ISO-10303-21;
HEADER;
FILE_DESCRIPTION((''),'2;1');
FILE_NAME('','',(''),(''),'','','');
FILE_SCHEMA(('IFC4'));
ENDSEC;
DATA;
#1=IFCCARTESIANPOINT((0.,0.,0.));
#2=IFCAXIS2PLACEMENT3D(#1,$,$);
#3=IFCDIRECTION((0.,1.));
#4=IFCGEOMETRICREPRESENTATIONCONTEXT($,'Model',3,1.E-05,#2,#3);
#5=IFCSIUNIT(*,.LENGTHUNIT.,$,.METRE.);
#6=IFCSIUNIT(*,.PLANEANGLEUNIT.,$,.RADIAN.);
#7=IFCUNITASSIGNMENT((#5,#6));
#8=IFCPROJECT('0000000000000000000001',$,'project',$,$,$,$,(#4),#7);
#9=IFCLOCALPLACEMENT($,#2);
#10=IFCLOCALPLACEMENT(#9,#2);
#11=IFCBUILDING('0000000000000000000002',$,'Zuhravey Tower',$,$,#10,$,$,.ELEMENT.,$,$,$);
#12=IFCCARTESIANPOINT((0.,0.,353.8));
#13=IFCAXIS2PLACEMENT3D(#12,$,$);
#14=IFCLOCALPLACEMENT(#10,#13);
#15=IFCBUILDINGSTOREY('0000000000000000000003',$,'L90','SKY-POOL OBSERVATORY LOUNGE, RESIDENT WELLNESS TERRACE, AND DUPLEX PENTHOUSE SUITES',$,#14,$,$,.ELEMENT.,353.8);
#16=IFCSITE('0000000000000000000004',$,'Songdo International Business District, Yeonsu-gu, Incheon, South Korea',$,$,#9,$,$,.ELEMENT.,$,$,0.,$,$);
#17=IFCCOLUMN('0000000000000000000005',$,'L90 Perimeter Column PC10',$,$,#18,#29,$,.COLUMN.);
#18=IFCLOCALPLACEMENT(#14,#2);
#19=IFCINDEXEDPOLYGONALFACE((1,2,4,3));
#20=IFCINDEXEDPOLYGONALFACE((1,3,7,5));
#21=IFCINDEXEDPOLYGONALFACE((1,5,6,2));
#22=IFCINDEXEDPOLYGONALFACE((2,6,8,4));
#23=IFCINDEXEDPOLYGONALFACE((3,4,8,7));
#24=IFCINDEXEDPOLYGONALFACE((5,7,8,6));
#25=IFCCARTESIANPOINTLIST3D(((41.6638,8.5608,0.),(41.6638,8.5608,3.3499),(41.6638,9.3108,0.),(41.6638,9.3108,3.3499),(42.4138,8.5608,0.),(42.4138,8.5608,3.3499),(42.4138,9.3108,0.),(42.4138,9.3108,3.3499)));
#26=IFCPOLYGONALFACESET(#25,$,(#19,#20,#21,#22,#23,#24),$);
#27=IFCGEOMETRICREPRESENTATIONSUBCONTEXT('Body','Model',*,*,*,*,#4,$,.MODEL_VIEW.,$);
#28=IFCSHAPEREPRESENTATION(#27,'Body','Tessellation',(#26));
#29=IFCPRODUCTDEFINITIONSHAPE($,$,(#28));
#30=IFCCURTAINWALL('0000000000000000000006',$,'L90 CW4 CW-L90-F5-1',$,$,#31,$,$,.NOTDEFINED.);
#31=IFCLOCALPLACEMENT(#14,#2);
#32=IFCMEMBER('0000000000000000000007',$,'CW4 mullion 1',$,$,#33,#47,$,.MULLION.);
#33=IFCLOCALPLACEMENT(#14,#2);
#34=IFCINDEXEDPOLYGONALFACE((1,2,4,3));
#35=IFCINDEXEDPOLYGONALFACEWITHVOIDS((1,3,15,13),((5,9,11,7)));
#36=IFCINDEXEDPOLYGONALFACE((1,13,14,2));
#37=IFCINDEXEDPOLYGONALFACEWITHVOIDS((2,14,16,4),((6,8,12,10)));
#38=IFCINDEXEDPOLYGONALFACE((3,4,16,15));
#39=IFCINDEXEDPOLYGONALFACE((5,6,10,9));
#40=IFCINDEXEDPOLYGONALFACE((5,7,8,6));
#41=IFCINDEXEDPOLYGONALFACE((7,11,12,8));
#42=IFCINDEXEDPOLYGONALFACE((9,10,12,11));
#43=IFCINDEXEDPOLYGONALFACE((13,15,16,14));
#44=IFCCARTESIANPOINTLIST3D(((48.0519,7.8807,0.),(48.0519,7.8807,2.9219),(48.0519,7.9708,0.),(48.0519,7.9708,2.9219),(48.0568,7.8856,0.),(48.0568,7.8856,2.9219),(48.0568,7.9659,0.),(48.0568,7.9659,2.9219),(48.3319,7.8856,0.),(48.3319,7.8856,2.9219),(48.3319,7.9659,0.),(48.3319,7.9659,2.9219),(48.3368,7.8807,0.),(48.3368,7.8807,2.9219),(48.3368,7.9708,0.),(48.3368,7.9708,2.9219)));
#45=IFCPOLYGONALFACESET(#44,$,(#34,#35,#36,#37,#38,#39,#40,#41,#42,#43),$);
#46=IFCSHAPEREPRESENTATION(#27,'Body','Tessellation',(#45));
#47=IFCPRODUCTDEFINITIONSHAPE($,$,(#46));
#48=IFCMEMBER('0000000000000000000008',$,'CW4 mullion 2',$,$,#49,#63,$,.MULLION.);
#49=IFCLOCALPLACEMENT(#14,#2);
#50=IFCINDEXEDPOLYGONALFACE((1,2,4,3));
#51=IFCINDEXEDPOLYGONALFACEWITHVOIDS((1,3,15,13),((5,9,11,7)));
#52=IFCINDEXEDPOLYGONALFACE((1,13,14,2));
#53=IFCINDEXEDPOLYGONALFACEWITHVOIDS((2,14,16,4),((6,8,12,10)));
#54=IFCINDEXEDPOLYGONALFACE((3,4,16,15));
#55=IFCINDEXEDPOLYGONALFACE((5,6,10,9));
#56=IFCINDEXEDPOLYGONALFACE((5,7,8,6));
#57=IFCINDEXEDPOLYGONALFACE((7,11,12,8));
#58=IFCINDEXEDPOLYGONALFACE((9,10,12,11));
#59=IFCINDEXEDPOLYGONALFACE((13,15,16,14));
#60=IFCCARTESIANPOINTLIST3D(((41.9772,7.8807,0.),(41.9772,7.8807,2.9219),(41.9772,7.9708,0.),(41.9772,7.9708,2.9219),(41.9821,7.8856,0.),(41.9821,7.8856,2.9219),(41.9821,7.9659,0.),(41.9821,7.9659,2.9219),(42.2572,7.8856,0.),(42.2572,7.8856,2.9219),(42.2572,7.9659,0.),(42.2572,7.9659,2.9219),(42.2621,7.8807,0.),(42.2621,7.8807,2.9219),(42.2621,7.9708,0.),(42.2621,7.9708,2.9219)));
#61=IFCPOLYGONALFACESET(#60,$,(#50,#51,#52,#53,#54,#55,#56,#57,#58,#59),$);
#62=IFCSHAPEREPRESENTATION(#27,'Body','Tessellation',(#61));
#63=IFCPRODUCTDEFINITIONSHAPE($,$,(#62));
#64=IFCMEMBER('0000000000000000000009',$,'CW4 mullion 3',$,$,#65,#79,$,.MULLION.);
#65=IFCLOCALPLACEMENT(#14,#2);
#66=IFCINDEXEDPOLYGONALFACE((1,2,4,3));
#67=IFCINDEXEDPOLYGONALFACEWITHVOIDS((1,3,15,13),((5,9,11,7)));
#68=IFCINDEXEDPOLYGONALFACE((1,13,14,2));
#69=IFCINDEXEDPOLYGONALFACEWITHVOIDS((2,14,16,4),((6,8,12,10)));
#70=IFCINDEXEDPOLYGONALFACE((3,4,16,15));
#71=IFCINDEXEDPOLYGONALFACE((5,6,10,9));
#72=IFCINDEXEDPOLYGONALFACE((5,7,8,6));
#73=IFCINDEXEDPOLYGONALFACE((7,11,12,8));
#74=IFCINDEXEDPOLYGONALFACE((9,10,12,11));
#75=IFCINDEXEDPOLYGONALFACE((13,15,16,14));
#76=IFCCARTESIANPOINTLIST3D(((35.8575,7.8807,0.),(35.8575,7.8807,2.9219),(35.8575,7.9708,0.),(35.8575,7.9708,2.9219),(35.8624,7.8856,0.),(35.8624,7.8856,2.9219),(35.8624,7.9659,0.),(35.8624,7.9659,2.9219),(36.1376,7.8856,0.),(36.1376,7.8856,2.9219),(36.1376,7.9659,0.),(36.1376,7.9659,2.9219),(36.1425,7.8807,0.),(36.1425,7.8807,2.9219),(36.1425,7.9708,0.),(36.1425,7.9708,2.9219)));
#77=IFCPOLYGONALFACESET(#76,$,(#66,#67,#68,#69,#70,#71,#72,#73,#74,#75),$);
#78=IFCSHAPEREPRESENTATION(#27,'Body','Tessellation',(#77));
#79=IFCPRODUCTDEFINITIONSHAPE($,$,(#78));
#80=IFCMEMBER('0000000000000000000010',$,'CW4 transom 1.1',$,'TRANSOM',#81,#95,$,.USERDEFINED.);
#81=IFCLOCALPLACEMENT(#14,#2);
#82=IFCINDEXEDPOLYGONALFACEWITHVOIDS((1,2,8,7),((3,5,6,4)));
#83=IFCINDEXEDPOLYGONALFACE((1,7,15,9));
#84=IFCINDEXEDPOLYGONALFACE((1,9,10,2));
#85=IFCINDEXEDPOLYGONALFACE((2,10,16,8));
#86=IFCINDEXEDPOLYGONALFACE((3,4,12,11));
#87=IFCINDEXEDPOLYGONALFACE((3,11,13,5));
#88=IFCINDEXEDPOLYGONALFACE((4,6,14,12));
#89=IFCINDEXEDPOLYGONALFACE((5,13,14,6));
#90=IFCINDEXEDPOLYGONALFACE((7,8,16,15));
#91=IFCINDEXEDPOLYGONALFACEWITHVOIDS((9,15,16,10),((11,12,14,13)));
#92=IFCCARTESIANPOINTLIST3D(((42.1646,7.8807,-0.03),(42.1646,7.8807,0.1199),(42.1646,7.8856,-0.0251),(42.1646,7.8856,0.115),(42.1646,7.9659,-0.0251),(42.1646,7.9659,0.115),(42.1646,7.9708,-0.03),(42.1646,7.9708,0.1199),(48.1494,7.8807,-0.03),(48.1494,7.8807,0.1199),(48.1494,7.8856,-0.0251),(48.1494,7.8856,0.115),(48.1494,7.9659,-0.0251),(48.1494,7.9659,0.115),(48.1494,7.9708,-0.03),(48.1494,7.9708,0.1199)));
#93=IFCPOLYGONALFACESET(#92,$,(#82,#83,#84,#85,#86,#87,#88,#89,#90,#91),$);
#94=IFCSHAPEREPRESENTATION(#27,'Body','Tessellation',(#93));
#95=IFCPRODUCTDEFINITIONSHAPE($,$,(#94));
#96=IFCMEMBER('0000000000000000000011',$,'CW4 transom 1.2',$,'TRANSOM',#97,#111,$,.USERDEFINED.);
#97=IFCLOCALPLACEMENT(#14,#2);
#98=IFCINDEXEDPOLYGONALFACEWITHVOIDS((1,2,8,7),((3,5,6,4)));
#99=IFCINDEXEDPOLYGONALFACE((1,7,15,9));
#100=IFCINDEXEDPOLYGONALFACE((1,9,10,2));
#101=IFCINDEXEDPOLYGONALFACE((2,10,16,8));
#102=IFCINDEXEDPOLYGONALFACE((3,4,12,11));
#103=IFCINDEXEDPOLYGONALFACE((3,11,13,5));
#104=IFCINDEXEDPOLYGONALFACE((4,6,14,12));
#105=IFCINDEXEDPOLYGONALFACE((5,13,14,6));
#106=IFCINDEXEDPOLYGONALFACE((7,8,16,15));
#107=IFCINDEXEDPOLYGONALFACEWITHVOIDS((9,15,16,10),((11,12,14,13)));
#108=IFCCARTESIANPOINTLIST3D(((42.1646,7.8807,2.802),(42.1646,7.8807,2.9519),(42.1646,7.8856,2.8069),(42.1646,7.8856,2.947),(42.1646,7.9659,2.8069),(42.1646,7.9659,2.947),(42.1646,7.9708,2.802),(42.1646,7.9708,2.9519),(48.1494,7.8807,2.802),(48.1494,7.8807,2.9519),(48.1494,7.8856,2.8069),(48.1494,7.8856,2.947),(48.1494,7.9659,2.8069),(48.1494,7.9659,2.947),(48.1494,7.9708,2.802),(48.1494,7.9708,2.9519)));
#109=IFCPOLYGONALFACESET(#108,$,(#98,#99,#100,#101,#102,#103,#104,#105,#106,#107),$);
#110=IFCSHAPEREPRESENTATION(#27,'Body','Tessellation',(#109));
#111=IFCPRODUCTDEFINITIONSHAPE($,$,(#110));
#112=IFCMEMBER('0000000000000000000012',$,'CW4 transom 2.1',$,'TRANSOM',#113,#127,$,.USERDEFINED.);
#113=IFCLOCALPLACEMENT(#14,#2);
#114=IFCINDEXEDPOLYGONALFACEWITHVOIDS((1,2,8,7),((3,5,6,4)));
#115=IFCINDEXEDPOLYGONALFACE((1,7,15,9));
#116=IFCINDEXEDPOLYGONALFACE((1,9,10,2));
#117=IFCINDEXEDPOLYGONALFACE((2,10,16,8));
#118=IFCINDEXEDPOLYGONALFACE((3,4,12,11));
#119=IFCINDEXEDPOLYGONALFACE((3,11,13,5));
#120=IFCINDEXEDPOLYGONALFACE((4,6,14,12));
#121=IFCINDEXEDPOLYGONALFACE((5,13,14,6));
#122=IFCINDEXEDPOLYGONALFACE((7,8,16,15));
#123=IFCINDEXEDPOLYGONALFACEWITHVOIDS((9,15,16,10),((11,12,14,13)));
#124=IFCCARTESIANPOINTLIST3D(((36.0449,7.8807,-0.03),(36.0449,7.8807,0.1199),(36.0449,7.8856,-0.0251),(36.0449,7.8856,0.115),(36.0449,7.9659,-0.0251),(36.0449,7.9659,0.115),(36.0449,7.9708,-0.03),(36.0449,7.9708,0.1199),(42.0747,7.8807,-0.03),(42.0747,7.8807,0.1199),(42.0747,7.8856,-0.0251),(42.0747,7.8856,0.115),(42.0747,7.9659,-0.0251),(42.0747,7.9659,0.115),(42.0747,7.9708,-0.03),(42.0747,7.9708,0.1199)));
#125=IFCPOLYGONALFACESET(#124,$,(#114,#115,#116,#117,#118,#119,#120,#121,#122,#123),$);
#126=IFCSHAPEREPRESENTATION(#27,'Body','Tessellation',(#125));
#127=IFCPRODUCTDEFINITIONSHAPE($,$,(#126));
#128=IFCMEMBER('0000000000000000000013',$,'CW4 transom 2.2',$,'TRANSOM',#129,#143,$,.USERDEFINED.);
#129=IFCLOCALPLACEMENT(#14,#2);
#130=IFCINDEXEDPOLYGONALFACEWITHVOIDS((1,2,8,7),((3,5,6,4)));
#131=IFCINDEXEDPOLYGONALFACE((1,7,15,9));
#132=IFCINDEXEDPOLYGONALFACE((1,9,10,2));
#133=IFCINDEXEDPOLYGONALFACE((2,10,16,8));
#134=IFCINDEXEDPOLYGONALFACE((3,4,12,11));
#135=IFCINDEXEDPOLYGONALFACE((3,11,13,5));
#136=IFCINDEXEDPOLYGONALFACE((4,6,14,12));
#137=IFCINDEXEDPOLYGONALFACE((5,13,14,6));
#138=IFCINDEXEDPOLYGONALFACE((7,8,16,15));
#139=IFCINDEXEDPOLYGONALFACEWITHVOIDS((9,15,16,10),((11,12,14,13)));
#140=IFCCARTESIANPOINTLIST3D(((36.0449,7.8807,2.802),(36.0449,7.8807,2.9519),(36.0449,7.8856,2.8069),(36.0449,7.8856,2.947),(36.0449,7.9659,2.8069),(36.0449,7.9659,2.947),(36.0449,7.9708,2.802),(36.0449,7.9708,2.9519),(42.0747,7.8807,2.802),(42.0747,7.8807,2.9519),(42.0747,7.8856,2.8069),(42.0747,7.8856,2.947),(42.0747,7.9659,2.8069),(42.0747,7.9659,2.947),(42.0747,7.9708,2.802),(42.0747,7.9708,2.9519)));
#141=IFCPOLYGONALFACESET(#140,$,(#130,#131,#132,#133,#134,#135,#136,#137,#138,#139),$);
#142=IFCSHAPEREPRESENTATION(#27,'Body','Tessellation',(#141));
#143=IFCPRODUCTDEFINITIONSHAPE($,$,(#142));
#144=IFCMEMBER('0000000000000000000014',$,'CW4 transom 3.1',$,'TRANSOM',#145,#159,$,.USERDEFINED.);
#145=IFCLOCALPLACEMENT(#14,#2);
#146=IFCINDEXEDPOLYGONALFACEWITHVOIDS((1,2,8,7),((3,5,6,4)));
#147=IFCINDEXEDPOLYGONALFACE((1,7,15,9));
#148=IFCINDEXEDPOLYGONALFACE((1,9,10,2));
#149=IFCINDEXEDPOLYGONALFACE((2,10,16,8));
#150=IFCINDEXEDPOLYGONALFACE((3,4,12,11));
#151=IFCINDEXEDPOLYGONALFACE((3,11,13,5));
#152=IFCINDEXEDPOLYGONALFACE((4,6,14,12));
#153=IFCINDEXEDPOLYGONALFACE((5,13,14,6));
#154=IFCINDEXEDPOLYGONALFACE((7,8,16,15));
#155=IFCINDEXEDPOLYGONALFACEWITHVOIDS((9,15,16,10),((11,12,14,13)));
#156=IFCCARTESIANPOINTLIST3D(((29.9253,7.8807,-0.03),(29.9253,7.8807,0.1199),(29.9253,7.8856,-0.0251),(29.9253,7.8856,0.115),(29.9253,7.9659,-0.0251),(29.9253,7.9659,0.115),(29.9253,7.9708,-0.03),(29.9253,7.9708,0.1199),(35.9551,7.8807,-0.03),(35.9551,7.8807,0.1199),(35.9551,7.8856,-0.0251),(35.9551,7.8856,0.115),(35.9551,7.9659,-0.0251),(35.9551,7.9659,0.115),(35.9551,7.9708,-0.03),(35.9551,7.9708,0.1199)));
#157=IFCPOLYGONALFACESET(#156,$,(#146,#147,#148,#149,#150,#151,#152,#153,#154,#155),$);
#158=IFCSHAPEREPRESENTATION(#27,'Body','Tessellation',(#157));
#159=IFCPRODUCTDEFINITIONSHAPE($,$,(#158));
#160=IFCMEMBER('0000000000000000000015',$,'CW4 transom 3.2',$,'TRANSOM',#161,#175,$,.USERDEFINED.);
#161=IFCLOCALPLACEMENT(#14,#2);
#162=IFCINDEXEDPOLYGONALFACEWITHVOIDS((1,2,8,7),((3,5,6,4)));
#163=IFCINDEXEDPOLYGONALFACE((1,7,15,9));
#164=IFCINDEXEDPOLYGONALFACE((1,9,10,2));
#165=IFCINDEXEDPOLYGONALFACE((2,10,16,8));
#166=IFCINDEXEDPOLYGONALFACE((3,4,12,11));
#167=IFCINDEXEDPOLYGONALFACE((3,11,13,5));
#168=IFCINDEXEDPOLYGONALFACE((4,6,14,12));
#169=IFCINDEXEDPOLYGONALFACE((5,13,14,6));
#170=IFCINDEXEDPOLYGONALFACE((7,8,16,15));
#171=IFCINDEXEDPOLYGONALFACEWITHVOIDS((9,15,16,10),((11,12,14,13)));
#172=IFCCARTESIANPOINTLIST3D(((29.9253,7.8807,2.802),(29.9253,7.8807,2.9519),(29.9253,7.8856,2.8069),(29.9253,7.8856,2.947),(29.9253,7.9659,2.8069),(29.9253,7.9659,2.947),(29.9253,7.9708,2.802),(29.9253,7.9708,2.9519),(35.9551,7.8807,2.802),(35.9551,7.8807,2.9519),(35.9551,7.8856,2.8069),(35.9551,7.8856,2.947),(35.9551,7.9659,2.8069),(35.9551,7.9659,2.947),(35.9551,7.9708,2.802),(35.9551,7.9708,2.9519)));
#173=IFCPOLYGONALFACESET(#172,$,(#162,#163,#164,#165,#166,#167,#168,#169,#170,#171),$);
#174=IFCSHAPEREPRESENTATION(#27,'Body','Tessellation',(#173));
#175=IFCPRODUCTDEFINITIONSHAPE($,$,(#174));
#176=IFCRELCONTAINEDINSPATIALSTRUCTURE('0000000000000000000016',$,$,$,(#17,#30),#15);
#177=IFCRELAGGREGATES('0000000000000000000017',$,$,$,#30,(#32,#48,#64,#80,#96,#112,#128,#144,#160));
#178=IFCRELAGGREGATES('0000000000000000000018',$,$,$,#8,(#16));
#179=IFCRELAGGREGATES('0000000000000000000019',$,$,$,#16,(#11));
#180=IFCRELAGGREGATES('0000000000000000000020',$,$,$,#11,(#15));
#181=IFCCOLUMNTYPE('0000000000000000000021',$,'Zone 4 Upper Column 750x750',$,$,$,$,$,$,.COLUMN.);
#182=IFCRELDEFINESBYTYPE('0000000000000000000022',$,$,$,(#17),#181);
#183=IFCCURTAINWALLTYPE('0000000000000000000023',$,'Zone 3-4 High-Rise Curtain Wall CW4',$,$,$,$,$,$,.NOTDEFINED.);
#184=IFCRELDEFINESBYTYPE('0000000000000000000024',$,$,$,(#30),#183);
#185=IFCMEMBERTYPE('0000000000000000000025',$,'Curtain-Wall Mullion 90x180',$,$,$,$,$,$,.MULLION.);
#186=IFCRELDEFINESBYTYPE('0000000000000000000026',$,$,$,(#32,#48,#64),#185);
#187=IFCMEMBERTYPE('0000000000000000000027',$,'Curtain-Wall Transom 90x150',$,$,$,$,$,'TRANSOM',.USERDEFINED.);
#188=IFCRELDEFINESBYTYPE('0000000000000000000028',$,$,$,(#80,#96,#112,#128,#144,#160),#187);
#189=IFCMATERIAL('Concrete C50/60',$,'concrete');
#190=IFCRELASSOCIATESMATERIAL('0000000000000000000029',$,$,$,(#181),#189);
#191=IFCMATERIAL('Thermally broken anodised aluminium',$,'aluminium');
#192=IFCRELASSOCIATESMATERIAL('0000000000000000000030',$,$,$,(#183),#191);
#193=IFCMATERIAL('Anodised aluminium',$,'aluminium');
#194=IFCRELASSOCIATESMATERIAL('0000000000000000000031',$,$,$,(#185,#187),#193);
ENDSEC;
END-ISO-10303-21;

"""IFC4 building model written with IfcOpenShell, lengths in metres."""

from ifc_helpers import new_model, si_unit, direction, frame, origin, origin_2d, place, context, subcontext, project, spatial, rectangle, hollow_rectangle, extrude, material, material_profile, profile_set, type_object, element, aggregate, save


model = new_model("IFC4")

# Units and contexts
model_context = context("Model", 3, precision=1e-05, world=origin(), true_north=direction((0.0, 1.0)))
body_context = subcontext(model_context, "Body", "Model", "MODEL_VIEW")
ifc_project = project(units=[si_unit("LENGTHUNIT", "METRE"), si_unit("PLANEANGLEUNIT", "RADIAN")], contexts=[model_context])

# Site, building, storey
site_placement = place(None, origin())
site = spatial("IfcSite", under=ifc_project, at=site_placement, Name="Songdo International Business District, Yeonsu-gu, Incheon, South Korea", CompositionType="ELEMENT", RefElevation=0.0)
building_placement = place(site_placement, origin())
building = spatial("IfcBuilding", under=site, at=building_placement, Name="Zuhravey Tower", CompositionType="ELEMENT")
storey_placement = place(building_placement, frame((0.0, 0.0, 353.8)))
storey = spatial("IfcBuildingStorey", under=building, at=storey_placement, Name="L90", Description="SKY-POOL OBSERVATORY LOUNGE, RESIDENT WELLNESS TERRACE, AND DUPLEX PENTHOUSE SUITES", CompositionType="ELEMENT", Elevation=353.8)

# Column
ifc_material_1 = material(Name="Concrete C50/60", Category="concrete")
ifc_material_profile_1 = material_profile(ifc_material_1, rectangle(XDim=0.75, YDim=0.75, at=origin_2d()), Name="RC-750x750")
ifc_profile_set_1 = profile_set([ifc_material_profile_1], Name="Concrete C50/60")
column_type = type_object("IfcColumnType", Name="Zone 4 Upper Column 750x750", PredefinedType="COLUMN", material=ifc_profile_set_1)
column_placement = place(storey_placement, frame((42.0388, 8.9358, 0.0), z_axis=(0.0, 0.0, 1.0), x_axis=(1.0, 0.0, 0.0)))
element("IfcColumn", 1, at=column_placement, inside=storey, type_object=column_type, Name="L90 Perimeter Column PC10", PredefinedType="COLUMN", context=body_context, shape_type="SweptSolid", body=[
    extrude(rectangle(XDim=0.75, YDim=0.75, at=origin_2d()), origin(), (0.0, 0.0, 1.0), 3.3499),
])

# Curtain wall, members
ifc_material_2 = material(Name="Thermally broken anodised aluminium", Category="aluminium")
curtain_wall_type = type_object("IfcCurtainWallType", Name="Zone 3-4 High-Rise Curtain Wall CW4", PredefinedType="NOTDEFINED", material=ifc_material_2)
curtain_wall_placement = place(storey_placement, origin())
curtain_wall = element("IfcCurtainWall", 2, at=curtain_wall_placement, inside=storey, type_object=curtain_wall_type, Name="L90 CW4 CW-L90-F5-1", PredefinedType="NOTDEFINED")
ifc_material_3 = material(Name="Anodised aluminium", Category="aluminium")
ifc_material_profile_2 = material_profile(ifc_material_3, hollow_rectangle(XDim=0.0901, YDim=0.2849, WallThickness=0.0049, at=origin_2d()), Name="ALU-RHS-90x285x5")
ifc_profile_set_2 = profile_set([ifc_material_profile_2], Name="Anodised aluminium")
member_type_1 = type_object("IfcMemberType", Name="Curtain-Wall Mullion 90x180", PredefinedType="MULLION", material=ifc_profile_set_2)
member_1_placement = place(storey_placement, frame((48.1943, 7.9258, 0.0), z_axis=(0.0, 0.0, 1.0), x_axis=(0.0, -1.0, 0.0)))
member_1 = element("IfcMember", 3, at=member_1_placement, type_object=member_type_1, Name="CW4 mullion 1", PredefinedType="MULLION", context=body_context, shape_type="SweptSolid", body=[
    extrude(hollow_rectangle(XDim=0.0901, YDim=0.2849, WallThickness=0.0049, at=origin_2d()), origin(), (0.0, 0.0, 1.0), 2.9219),
])
member_2_placement = place(storey_placement, frame((42.1196, 7.9258, 0.0), z_axis=(0.0, 0.0, 1.0), x_axis=(0.0, -1.0, 0.0)))
member_2 = element("IfcMember", 4, at=member_2_placement, type_object=member_type_1, Name="CW4 mullion 2", PredefinedType="MULLION", context=body_context, shape_type="SweptSolid", body=[
    extrude(hollow_rectangle(XDim=0.0901, YDim=0.2849, WallThickness=0.0049, at=origin_2d()), origin(), (0.0, 0.0, 1.0), 2.9219),
])
member_3_placement = place(storey_placement, frame((36.0, 7.9258, 0.0), z_axis=(0.0, 0.0, 1.0), x_axis=(0.0, -1.0, 0.0)))
member_3 = element("IfcMember", 5, at=member_3_placement, type_object=member_type_1, Name="CW4 mullion 3", PredefinedType="MULLION", context=body_context, shape_type="SweptSolid", body=[
    extrude(hollow_rectangle(XDim=0.0901, YDim=0.2849, WallThickness=0.0049, at=origin_2d()), origin(), (0.0, 0.0, 1.0), 2.9219),
])
ifc_material_profile_3 = material_profile(ifc_material_3, hollow_rectangle(XDim=0.0901, YDim=0.1499, WallThickness=0.0049, at=origin_2d()), Name="ALU-RHS-90x150x5")
ifc_profile_set_3 = profile_set([ifc_material_profile_3], Name="Anodised aluminium")
member_type_2 = type_object("IfcMemberType", Name="Curtain-Wall Transom 90x150", ElementType="TRANSOM", PredefinedType="USERDEFINED", material=ifc_profile_set_3)
member_4_placement = place(storey_placement, frame((48.1494, 7.9258, 0.0449), z_axis=(-1.0, 0.0, 0.0), x_axis=(0.0, -1.0, 0.0)))
member_4 = element("IfcMember", 6, at=member_4_placement, type_object=member_type_2, Name="CW4 transom 1.1", ObjectType="TRANSOM", PredefinedType="USERDEFINED", context=body_context, shape_type="SweptSolid", body=[
    extrude(hollow_rectangle(XDim=0.0901, YDim=0.1499, WallThickness=0.0049, at=origin_2d()), origin(), (0.0, 0.0, 1.0), 5.9849),
])
member_5_placement = place(storey_placement, frame((48.1494, 7.9258, 2.877), z_axis=(-1.0, 0.0, 0.0), x_axis=(0.0, -1.0, 0.0)))
member_5 = element("IfcMember", 7, at=member_5_placement, type_object=member_type_2, Name="CW4 transom 1.2", ObjectType="TRANSOM", PredefinedType="USERDEFINED", context=body_context, shape_type="SweptSolid", body=[
    extrude(hollow_rectangle(XDim=0.0901, YDim=0.1499, WallThickness=0.0049, at=origin_2d()), origin(), (0.0, 0.0, 1.0), 5.9849),
])
member_6_placement = place(storey_placement, frame((42.0747, 7.9258, 0.0449), z_axis=(-1.0, 0.0, 0.0), x_axis=(0.0, -1.0, 0.0)))
member_6 = element("IfcMember", 8, at=member_6_placement, type_object=member_type_2, Name="CW4 transom 2.1", ObjectType="TRANSOM", PredefinedType="USERDEFINED", context=body_context, shape_type="SweptSolid", body=[
    extrude(hollow_rectangle(XDim=0.0901, YDim=0.1499, WallThickness=0.0049, at=origin_2d()), origin(), (0.0, 0.0, 1.0), 6.0298),
])
member_7_placement = place(storey_placement, frame((42.0747, 7.9258, 2.877), z_axis=(-1.0, 0.0, 0.0), x_axis=(0.0, -1.0, 0.0)))
member_7 = element("IfcMember", 9, at=member_7_placement, type_object=member_type_2, Name="CW4 transom 2.2", ObjectType="TRANSOM", PredefinedType="USERDEFINED", context=body_context, shape_type="SweptSolid", body=[
    extrude(hollow_rectangle(XDim=0.0901, YDim=0.1499, WallThickness=0.0049, at=origin_2d()), origin(), (0.0, 0.0, 1.0), 6.0298),
])
member_8_placement = place(storey_placement, frame((35.9551, 7.9258, 0.0449), z_axis=(-1.0, 0.0, 0.0), x_axis=(0.0, -1.0, 0.0)))
member_8 = element("IfcMember", 10, at=member_8_placement, type_object=member_type_2, Name="CW4 transom 3.1", ObjectType="TRANSOM", PredefinedType="USERDEFINED", context=body_context, shape_type="SweptSolid", body=[
    extrude(hollow_rectangle(XDim=0.0901, YDim=0.1499, WallThickness=0.0049, at=origin_2d()), origin(), (0.0, 0.0, 1.0), 6.0298),
])
member_9_placement = place(storey_placement, frame((35.9551, 7.9258, 2.877), z_axis=(-1.0, 0.0, 0.0), x_axis=(0.0, -1.0, 0.0)))
member_9 = element("IfcMember", 11, at=member_9_placement, type_object=member_type_2, Name="CW4 transom 3.2", ObjectType="TRANSOM", PredefinedType="USERDEFINED", context=body_context, shape_type="SweptSolid", body=[
    extrude(hollow_rectangle(XDim=0.0901, YDim=0.1499, WallThickness=0.0049, at=origin_2d()), origin(), (0.0, 0.0, 1.0), 6.0298),
])

aggregate(curtain_wall, [member_1, member_2, member_3, member_4, member_5, member_6, member_7, member_8, member_9])

save(model, "model.ifc")
